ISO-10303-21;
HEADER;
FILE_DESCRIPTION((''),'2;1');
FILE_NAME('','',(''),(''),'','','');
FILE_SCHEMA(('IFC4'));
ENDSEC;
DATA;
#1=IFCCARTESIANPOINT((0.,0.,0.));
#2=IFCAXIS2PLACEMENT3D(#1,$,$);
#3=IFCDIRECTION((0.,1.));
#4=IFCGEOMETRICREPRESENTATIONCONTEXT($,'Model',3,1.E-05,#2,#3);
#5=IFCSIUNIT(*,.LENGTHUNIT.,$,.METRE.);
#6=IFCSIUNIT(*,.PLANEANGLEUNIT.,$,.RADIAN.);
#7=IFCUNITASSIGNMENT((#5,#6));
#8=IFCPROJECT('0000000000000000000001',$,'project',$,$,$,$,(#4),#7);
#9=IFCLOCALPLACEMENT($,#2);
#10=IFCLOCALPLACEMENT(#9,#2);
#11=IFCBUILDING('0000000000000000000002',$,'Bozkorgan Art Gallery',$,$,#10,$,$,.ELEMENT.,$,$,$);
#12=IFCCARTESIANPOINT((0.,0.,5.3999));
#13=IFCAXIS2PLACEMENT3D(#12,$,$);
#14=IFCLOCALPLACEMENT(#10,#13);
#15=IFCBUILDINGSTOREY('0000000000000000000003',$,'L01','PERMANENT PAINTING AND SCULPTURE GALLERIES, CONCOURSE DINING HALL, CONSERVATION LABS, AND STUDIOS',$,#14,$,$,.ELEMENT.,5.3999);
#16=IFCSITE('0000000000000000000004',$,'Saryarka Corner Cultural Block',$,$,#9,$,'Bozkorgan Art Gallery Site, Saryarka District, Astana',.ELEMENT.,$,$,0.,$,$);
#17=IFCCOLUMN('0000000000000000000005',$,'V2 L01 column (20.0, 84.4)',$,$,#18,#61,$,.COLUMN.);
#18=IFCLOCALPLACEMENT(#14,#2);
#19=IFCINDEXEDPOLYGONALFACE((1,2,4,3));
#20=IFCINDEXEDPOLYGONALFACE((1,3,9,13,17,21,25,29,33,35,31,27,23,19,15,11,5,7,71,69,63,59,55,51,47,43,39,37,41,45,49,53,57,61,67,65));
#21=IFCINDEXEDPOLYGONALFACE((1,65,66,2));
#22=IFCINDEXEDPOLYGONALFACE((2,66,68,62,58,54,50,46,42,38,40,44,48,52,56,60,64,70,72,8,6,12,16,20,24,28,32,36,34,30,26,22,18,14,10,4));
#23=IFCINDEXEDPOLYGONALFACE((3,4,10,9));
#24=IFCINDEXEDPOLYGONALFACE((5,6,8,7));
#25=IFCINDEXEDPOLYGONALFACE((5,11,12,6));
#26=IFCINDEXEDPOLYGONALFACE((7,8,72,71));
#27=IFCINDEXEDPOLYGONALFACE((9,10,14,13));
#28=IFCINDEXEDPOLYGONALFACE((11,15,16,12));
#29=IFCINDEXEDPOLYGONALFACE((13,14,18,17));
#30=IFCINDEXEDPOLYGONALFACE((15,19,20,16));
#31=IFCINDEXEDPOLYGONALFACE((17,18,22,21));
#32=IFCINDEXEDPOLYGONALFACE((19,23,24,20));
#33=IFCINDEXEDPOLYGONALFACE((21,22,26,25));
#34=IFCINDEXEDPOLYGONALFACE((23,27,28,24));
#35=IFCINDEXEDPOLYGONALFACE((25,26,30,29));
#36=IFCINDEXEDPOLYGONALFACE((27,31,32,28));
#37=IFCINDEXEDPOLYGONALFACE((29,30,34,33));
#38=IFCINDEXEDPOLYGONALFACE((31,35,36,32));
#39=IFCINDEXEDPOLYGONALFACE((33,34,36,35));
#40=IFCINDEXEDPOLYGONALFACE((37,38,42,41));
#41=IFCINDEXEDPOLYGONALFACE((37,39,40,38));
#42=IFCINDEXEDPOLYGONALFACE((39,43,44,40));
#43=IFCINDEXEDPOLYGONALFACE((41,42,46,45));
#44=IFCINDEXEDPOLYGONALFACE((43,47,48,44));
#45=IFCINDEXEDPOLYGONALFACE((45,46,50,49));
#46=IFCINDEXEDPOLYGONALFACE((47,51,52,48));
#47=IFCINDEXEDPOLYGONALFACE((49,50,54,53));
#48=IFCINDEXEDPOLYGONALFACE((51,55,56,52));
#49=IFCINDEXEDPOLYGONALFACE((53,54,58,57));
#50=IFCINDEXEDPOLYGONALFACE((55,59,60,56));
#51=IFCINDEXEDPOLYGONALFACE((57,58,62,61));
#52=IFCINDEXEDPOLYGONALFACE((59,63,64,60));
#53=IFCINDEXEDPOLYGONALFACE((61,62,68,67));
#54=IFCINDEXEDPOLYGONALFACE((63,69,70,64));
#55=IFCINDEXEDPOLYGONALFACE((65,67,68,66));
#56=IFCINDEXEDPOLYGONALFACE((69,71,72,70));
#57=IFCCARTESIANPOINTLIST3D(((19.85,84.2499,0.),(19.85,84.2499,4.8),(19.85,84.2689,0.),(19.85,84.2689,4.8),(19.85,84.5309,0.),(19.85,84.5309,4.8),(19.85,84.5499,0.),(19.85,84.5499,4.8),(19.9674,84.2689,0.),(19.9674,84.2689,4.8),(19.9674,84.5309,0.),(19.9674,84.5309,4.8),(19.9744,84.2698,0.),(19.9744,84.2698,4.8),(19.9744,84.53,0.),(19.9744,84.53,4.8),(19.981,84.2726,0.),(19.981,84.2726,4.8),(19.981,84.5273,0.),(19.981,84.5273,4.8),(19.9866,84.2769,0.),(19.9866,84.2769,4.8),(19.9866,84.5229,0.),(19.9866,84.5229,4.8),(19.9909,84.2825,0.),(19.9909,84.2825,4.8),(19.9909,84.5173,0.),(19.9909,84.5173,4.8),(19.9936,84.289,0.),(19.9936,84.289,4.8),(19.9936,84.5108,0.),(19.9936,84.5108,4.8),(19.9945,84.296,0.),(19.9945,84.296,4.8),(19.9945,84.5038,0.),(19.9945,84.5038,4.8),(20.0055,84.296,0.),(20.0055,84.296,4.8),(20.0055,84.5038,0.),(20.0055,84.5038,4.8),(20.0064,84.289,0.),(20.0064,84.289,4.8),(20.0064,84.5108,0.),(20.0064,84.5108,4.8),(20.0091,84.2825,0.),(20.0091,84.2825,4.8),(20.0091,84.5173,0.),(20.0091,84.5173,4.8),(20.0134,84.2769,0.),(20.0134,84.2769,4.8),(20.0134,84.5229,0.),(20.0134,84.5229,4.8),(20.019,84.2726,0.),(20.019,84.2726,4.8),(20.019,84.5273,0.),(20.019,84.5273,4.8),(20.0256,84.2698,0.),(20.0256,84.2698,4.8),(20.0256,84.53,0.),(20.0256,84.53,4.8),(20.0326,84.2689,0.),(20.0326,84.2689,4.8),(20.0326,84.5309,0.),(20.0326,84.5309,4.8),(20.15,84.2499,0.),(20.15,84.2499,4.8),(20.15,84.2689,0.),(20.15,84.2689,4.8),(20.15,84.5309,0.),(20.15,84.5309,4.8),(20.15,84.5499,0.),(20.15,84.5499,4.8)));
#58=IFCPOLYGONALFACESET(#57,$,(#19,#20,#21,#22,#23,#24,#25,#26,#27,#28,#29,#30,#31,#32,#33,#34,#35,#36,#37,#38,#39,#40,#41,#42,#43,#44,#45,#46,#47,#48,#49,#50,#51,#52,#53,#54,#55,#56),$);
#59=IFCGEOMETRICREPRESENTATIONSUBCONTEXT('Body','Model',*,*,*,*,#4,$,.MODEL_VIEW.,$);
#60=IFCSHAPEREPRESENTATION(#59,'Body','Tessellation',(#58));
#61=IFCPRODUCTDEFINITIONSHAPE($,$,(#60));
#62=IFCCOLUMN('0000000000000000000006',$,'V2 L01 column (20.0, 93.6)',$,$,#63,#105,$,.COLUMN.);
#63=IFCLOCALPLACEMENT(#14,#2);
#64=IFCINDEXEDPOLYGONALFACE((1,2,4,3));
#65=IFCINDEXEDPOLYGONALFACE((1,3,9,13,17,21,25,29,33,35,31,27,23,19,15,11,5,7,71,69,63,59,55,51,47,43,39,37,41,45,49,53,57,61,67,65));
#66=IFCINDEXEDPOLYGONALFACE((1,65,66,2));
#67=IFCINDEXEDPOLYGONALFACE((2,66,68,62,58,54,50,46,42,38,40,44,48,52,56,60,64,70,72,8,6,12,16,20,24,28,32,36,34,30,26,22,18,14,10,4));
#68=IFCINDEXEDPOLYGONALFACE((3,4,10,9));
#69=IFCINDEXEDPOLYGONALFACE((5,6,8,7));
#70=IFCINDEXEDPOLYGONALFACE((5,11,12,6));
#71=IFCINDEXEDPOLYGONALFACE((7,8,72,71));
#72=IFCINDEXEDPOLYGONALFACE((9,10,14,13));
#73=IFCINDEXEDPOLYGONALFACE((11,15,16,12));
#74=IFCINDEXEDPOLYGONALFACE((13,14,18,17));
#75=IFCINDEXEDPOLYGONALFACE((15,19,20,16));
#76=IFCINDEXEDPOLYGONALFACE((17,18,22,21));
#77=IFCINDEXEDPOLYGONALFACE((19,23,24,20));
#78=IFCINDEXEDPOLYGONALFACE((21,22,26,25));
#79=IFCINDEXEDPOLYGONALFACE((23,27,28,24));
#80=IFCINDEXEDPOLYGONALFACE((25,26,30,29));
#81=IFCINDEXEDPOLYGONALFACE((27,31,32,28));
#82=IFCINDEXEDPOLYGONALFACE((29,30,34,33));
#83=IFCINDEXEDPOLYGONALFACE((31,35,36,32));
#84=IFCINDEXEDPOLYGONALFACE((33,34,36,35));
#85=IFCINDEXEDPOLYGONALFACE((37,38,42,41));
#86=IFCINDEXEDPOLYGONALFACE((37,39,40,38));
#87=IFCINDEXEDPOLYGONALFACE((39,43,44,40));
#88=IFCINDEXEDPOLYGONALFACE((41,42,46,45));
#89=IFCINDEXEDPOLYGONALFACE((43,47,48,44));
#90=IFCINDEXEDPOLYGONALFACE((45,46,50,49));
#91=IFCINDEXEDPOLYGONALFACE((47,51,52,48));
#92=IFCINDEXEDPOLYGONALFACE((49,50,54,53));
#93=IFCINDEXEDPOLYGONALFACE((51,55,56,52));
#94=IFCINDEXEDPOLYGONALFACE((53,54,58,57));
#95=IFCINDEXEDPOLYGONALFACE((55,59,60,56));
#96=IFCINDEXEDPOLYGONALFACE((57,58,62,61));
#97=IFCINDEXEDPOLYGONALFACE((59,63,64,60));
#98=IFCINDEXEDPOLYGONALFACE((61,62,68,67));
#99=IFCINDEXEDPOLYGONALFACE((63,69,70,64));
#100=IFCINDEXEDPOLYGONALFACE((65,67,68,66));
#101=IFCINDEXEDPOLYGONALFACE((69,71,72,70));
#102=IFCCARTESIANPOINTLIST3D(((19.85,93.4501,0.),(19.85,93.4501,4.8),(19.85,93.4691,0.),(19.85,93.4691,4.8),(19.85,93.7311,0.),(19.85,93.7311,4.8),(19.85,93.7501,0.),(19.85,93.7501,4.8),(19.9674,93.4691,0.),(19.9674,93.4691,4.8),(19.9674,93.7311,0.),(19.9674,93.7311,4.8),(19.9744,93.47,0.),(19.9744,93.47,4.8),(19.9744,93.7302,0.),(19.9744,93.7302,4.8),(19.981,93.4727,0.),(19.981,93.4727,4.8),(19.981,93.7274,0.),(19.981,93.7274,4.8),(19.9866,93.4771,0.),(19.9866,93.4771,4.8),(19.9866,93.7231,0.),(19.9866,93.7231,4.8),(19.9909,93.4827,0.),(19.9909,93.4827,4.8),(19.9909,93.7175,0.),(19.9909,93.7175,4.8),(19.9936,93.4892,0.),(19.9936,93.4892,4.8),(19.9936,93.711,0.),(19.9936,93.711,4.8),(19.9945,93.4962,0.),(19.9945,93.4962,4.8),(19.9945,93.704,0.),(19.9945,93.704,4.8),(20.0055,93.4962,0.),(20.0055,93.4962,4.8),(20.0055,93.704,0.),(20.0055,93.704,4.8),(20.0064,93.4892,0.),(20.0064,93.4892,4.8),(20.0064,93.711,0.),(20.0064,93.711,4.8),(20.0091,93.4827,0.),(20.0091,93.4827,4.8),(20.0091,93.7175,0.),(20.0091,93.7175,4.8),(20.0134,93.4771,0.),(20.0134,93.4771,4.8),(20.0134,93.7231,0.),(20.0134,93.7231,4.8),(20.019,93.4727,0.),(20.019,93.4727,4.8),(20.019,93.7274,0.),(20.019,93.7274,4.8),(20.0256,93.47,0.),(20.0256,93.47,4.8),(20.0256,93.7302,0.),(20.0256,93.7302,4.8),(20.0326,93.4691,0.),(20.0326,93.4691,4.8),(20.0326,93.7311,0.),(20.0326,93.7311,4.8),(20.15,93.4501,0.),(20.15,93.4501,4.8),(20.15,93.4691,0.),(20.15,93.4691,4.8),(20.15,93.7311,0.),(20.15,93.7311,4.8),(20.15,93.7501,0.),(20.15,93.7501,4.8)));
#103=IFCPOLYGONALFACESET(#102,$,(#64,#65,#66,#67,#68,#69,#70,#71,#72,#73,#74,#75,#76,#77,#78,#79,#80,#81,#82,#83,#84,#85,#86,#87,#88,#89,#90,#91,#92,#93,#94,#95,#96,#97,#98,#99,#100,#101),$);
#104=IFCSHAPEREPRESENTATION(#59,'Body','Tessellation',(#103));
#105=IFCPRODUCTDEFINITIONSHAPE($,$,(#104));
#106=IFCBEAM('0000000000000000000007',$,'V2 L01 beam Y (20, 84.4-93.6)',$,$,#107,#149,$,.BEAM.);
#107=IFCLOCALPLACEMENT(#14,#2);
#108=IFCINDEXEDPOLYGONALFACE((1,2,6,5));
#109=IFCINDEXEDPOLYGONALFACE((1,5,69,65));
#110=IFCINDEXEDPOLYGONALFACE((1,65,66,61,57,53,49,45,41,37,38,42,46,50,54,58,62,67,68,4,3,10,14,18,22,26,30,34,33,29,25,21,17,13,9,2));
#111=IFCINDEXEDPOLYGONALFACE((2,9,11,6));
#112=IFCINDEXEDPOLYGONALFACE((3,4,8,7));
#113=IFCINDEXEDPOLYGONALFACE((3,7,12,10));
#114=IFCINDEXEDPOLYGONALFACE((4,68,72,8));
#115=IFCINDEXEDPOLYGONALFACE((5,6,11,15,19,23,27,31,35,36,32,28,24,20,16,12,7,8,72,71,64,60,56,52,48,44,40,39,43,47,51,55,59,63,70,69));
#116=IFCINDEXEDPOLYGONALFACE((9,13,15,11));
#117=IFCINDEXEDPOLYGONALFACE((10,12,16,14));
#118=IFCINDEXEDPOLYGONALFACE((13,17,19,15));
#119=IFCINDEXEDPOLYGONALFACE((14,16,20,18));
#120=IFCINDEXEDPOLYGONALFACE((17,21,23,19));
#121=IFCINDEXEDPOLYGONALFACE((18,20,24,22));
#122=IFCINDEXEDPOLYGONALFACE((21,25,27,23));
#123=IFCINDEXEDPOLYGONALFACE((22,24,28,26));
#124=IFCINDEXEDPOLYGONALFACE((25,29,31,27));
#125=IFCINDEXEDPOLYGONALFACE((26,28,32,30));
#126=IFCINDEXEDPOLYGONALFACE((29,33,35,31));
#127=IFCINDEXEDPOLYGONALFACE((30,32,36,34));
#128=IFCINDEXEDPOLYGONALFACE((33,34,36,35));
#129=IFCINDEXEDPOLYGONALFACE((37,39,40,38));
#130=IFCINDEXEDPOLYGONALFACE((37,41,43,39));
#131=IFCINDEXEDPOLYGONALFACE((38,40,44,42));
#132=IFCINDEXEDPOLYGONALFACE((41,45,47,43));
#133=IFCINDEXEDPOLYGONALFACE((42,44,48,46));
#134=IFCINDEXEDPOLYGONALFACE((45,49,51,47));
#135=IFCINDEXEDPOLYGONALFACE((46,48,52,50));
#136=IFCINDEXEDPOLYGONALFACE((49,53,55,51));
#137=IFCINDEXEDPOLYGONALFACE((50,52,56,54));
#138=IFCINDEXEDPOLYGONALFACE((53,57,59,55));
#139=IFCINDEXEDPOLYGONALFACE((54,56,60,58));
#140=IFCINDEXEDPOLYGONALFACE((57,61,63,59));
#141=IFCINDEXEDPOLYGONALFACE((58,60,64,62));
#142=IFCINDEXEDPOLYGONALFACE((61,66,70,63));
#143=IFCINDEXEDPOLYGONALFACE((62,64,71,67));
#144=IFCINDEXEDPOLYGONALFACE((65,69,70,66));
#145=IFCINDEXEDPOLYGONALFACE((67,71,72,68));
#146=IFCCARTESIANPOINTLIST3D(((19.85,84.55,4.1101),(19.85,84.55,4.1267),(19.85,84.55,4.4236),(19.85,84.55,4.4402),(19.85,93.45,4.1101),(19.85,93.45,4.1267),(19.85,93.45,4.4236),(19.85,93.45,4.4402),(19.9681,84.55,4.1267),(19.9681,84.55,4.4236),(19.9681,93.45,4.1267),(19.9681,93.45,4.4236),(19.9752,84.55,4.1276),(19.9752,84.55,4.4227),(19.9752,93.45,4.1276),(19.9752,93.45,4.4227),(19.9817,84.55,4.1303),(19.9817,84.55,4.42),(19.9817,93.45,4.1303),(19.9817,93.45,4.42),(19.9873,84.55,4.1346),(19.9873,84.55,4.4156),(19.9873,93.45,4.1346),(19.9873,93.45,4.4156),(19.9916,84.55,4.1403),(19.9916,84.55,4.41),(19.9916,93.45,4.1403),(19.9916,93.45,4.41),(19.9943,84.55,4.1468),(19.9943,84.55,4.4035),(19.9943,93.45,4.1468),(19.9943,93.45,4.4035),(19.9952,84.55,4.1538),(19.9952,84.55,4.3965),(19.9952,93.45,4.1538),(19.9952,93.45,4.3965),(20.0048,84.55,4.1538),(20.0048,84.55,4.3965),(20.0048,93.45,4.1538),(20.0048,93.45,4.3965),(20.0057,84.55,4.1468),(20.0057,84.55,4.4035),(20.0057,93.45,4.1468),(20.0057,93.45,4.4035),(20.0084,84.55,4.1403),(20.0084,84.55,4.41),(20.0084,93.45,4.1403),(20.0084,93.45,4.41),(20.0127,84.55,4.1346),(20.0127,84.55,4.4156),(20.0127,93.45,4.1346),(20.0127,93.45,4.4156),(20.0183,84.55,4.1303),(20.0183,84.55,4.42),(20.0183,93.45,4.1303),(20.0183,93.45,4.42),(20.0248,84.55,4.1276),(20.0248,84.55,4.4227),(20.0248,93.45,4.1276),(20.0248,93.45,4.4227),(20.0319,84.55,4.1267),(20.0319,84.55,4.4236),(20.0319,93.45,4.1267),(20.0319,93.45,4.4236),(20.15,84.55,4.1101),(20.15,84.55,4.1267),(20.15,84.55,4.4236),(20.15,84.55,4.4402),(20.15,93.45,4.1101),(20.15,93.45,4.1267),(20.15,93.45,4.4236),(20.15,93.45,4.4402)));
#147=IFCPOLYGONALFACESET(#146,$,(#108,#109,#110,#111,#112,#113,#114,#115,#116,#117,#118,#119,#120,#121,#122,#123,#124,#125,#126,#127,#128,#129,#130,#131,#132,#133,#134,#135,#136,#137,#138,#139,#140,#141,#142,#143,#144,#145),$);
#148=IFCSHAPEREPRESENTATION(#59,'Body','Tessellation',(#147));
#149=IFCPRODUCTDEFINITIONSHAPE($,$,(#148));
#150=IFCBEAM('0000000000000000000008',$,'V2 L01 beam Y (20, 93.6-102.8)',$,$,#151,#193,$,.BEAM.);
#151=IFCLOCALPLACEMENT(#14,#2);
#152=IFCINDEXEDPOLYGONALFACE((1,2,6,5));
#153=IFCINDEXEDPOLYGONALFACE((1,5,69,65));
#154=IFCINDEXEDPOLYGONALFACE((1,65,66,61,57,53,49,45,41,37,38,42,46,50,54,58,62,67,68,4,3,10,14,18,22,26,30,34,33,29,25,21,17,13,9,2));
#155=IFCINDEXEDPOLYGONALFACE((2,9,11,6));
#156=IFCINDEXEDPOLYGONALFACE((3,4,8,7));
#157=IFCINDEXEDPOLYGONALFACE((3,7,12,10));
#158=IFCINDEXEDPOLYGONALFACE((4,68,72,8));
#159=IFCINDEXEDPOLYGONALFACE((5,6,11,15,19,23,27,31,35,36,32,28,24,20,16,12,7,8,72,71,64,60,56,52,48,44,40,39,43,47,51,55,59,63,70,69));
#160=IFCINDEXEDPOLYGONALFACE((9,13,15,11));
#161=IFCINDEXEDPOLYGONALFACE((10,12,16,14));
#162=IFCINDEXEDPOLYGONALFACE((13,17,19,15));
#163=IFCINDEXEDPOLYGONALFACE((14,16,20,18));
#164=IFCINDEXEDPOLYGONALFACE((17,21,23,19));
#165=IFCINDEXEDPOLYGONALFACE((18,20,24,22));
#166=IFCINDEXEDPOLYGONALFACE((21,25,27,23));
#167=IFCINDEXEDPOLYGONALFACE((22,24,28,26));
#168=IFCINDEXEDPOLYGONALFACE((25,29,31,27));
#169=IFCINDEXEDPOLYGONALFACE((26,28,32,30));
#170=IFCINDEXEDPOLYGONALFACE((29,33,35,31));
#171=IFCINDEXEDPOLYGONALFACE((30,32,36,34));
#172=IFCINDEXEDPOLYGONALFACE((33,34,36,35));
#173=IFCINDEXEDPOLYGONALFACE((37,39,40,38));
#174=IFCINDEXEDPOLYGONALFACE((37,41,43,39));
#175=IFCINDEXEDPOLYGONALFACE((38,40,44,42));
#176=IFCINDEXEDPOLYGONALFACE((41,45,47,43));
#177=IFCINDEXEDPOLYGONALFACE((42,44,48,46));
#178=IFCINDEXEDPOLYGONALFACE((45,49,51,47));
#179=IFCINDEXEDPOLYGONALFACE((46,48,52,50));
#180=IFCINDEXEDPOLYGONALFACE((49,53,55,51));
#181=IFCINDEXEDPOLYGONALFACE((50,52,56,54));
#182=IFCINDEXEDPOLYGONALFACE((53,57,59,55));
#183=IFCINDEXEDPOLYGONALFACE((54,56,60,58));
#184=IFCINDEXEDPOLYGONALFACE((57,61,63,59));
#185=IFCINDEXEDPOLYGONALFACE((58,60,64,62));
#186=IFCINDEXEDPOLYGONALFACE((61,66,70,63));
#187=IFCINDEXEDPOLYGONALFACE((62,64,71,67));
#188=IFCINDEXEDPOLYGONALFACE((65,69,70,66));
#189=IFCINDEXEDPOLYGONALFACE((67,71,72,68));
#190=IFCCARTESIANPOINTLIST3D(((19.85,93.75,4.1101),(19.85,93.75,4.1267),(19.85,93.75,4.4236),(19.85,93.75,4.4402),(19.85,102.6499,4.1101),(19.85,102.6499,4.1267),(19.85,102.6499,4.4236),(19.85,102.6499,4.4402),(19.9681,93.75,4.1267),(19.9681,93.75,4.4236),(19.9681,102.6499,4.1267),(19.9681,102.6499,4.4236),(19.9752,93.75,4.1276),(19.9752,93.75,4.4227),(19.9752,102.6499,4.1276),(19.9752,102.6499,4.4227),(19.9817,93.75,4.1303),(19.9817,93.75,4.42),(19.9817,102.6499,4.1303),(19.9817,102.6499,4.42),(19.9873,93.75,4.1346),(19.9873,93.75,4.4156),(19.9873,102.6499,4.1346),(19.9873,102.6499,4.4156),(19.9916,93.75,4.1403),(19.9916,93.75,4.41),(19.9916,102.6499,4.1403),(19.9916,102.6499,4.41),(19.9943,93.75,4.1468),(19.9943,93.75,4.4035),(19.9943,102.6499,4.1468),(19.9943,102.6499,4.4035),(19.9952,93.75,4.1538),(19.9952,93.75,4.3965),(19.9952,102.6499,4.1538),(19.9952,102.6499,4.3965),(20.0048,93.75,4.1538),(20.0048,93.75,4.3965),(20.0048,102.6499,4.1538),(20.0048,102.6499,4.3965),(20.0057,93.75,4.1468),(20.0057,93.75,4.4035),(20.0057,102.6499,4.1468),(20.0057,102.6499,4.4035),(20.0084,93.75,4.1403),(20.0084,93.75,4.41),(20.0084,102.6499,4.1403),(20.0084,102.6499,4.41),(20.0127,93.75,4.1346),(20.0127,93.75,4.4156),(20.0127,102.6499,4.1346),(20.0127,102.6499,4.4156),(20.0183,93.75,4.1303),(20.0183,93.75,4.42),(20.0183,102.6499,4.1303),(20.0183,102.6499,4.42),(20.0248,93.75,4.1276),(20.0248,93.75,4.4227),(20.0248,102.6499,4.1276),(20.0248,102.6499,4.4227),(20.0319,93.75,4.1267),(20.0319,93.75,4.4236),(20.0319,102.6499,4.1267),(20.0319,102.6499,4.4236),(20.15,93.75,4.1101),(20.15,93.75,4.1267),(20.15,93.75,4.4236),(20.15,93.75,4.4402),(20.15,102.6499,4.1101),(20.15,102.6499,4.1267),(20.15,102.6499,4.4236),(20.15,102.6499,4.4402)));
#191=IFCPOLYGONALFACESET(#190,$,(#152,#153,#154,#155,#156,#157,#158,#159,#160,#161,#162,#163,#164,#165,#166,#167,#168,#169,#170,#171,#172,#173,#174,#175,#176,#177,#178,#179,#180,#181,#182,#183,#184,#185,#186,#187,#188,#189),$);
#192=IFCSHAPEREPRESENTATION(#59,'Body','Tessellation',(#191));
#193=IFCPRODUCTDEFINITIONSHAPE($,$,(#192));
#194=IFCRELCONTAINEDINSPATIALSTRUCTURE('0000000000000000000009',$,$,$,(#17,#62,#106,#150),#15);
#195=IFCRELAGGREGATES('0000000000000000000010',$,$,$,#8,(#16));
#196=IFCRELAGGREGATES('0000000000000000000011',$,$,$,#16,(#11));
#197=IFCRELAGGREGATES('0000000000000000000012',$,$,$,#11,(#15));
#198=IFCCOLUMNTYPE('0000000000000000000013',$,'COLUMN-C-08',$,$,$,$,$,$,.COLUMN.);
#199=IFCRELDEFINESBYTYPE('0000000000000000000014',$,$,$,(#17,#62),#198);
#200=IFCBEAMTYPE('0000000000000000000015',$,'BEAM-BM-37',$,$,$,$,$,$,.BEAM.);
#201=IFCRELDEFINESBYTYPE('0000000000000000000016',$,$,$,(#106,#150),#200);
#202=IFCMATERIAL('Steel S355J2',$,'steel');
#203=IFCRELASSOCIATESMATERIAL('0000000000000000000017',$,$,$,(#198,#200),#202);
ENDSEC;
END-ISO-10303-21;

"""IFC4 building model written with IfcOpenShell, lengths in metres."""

from ifc_helpers import new_model, si_unit, direction, frame, origin, origin_2d, place, context, subcontext, project, spatial, i_section, extrude, material, material_profile, profile_set, type_object, element, save


model = new_model("IFC4")

# Units and contexts
model_context = context("Model", 3, precision=1e-05, world=origin(), true_north=direction((0.0, 1.0)))
body_context = subcontext(model_context, "Body", "Model", "MODEL_VIEW")
ifc_project = project(units=[si_unit("LENGTHUNIT", "METRE"), si_unit("PLANEANGLEUNIT", "RADIAN")], contexts=[model_context])

# Site, building, storey
site_placement = place(None, origin())
site = spatial("IfcSite", under=ifc_project, at=site_placement, Name="Saryarka Corner Cultural Block", LongName="Bozkorgan Art Gallery Site, Saryarka District, Astana", CompositionType="ELEMENT", RefElevation=0.0)
building_placement = place(site_placement, origin())
building = spatial("IfcBuilding", under=site, at=building_placement, Name="Bozkorgan Art Gallery", CompositionType="ELEMENT")
storey_placement = place(building_placement, frame((0.0, 0.0, 5.3999)))
storey = spatial("IfcBuildingStorey", under=building, at=storey_placement, Name="L01", Description="PERMANENT PAINTING AND SCULPTURE GALLERIES, CONCOURSE DINING HALL, CONSERVATION LABS, AND STUDIOS", CompositionType="ELEMENT", Elevation=5.3999)

# Columns
ifc_material_1 = material(Name="Steel S355J2", Category="steel")
ifc_material_profile_1 = material_profile(ifc_material_1, i_section(OverallWidth=0.3, OverallDepth=0.3, WebThickness=0.011, FlangeThickness=0.019, FilletRadius=0.0271, at=origin_2d()), Name="HEB 300")
ifc_profile_set_1 = profile_set([ifc_material_profile_1], Name="Steel S355J2")
column_type = type_object("IfcColumnType", Name="COLUMN-C-08", PredefinedType="COLUMN", material=ifc_profile_set_1)
for number, where, z_axis, x_axis, name in (
    (1, (20.0, 84.3999, 0.0), (0.0, 0.0, 1.0), (1.0, 0.0, 0.0), "V2 L01 column (20.0, 84.4)"),
    (2, (20.0, 93.6001, 0.0), (0.0, 0.0, 1.0), (1.0, 0.0, 0.0), "V2 L01 column (20.0, 93.6)"),
):
    element("IfcColumn", number, at=place(storey_placement, frame(where, z_axis=z_axis, x_axis=x_axis)), inside=storey, type_object=column_type, Name=name, PredefinedType="COLUMN", context=body_context, shape_type="SweptSolid", body=[
        extrude(i_section(OverallWidth=0.3, OverallDepth=0.3, WebThickness=0.011, FlangeThickness=0.019, FilletRadius=0.0271, at=origin_2d()), origin(), (0.0, 0.0, 1.0), 4.8),
    ])

# Beams
ifc_material_profile_2 = material_profile(ifc_material_1, i_section(OverallWidth=0.3, OverallDepth=0.3301, WebThickness=0.0095, FlangeThickness=0.0166, FilletRadius=0.0271, at=origin_2d()), Name="HEA 340")
ifc_profile_set_2 = profile_set([ifc_material_profile_2], Name="Steel S355J2")
beam_type = type_object("IfcBeamType", Name="BEAM-BM-37", PredefinedType="BEAM", material=ifc_profile_set_2)
for number, where, z_axis, x_axis, name in (
    (3, (20.0, 84.55, 4.2751), (0.0, 1.0, 0.0), (-1.0, 0.0, 0.0), "V2 L01 beam Y (20, 84.4-93.6)"),
    (4, (20.0, 93.75, 4.2751), (0.0, 1.0, 0.0), (-1.0, 0.0, 0.0), "V2 L01 beam Y (20, 93.6-102.8)"),
):
    element("IfcBeam", number, at=place(storey_placement, frame(where, z_axis=z_axis, x_axis=x_axis)), inside=storey, type_object=beam_type, Name=name, PredefinedType="BEAM", context=body_context, shape_type="SweptSolid", body=[
        extrude(i_section(OverallWidth=0.3, OverallDepth=0.3301, WebThickness=0.0095, FlangeThickness=0.0166, FilletRadius=0.0271, at=origin_2d()), origin(), (0.0, 0.0, 1.0), 8.8999),
    ])

save(model, "model.ifc")
